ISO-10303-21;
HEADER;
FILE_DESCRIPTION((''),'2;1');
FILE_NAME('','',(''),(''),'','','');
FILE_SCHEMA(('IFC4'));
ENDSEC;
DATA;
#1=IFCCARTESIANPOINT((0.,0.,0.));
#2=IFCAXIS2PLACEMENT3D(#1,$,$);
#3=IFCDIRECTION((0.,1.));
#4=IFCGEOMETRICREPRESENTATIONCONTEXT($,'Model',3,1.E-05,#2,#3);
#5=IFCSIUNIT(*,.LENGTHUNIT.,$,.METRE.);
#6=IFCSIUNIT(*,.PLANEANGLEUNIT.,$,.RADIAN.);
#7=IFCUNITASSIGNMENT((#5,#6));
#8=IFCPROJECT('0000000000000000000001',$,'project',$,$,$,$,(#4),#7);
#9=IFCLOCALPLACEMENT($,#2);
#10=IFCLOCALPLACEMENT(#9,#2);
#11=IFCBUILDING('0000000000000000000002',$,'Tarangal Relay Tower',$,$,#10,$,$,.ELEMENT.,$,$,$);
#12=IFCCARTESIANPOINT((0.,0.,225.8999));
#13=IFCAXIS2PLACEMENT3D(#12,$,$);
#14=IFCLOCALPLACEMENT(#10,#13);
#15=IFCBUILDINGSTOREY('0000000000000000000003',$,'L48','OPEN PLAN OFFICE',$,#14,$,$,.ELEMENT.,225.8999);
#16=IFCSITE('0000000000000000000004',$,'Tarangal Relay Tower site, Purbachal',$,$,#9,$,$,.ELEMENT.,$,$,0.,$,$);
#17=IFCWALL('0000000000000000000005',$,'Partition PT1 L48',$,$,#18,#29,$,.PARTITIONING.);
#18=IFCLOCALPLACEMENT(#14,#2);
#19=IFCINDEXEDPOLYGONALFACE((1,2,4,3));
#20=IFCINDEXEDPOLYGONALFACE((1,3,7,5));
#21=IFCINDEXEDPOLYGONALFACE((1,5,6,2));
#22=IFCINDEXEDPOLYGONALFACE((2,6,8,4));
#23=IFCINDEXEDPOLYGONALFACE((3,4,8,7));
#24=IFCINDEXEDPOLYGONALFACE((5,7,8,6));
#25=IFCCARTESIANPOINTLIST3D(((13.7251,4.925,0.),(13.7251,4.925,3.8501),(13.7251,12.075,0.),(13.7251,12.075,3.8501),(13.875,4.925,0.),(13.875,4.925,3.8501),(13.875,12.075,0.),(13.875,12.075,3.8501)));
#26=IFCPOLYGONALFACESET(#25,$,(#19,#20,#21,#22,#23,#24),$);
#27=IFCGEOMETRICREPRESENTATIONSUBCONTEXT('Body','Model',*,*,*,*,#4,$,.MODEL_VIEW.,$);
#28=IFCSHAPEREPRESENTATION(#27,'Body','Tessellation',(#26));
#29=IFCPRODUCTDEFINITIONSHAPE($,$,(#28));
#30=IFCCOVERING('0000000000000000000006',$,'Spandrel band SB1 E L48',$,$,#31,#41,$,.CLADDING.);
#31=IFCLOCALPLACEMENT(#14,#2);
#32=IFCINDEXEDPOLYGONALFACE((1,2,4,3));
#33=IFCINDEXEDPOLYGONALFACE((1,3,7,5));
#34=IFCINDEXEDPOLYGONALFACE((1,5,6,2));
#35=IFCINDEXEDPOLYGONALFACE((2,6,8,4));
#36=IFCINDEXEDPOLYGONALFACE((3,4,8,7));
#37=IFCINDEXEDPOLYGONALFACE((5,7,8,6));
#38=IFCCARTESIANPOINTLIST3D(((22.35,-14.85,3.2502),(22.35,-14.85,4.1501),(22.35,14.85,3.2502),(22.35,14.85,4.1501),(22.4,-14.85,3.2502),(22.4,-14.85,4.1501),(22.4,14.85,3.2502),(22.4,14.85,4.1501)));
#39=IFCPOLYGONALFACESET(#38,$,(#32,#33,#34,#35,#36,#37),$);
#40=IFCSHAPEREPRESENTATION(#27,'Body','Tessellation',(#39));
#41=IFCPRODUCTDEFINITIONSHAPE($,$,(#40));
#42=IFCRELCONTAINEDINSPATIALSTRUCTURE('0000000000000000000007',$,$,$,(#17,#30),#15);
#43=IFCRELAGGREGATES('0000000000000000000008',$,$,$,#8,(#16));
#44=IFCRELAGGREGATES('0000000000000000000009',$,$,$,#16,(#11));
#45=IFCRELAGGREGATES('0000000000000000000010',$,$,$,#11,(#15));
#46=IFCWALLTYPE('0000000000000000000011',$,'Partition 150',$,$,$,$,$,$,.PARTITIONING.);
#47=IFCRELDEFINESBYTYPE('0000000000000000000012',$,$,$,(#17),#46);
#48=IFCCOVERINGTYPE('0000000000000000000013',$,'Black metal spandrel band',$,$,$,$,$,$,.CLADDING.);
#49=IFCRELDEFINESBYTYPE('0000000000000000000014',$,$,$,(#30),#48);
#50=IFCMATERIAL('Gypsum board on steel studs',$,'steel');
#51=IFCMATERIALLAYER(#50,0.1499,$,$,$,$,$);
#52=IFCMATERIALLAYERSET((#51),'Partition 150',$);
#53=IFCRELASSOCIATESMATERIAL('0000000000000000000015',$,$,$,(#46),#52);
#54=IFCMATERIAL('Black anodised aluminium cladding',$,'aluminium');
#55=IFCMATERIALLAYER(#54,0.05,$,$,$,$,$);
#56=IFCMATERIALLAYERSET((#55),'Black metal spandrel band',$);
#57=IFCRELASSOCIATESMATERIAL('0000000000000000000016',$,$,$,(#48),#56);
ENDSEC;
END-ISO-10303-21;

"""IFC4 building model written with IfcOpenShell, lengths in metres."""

from ifc_helpers import new_model, si_unit, direction, frame, frame_2d, origin, origin_2d, place, context, subcontext, project, spatial, rectangle, extrude, material, layer, layer_set, type_object, element, save


model = new_model("IFC4")

# Units and contexts
model_context = context("Model", 3, precision=1e-05, world=origin(), true_north=direction((0.0, 1.0)))
body_context = subcontext(model_context, "Body", "Model", "MODEL_VIEW")
ifc_project = project(units=[si_unit("LENGTHUNIT", "METRE"), si_unit("PLANEANGLEUNIT", "RADIAN")], contexts=[model_context])

# Site, building, storey
site_placement = place(None, origin())
site = spatial("IfcSite", under=ifc_project, at=site_placement, Name="Tarangal Relay Tower site, Purbachal", CompositionType="ELEMENT", RefElevation=0.0)
building_placement = place(site_placement, origin())
building = spatial("IfcBuilding", under=site, at=building_placement, Name="Tarangal Relay Tower", CompositionType="ELEMENT")
storey_placement = place(building_placement, frame((0.0, 0.0, 225.8999)))
storey = spatial("IfcBuildingStorey", under=building, at=storey_placement, Name="L48", Description="OPEN PLAN OFFICE", CompositionType="ELEMENT", Elevation=225.8999)

# Wall
ifc_material_1 = material(Name="Gypsum board on steel studs", Category="steel")
ifc_layer_1 = layer(ifc_material_1, 0.1499)
ifc_layer_set_1 = layer_set([ifc_layer_1], Name="Partition 150")
wall_type_1 = type_object("IfcWallType", Name="Partition 150", PredefinedType="PARTITIONING", material=ifc_layer_set_1)
wall_1_placement = place(storey_placement, frame((13.8, 4.925, 0.0), z_axis=(0.0, 0.0, 1.0), x_axis=(0.0, 1.0, 0.0)))
element("IfcWall", 1, at=wall_1_placement, inside=storey, type_object=wall_type_1, Name="Partition PT1 L48", PredefinedType="PARTITIONING", context=body_context, shape_type="SweptSolid", body=[
    extrude(rectangle(XDim=7.1499, YDim=0.1499, at=frame_2d((3.575, 0.0))), origin(), (0.0, 0.0, 1.0), 3.8501),
])

# Covering
ifc_material_2 = material(Name="Black anodised aluminium cladding", Category="aluminium")
ifc_layer_2 = layer(ifc_material_2, 0.05)
ifc_layer_set_2 = layer_set([ifc_layer_2], Name="Black metal spandrel band")
covering_type = type_object("IfcCoveringType", Name="Black metal spandrel band", PredefinedType="CLADDING", material=ifc_layer_set_2)
covering_placement = place(storey_placement, frame((22.375, 0.0, 3.2502), z_axis=(0.0, 0.0, 1.0), x_axis=(0.0, -1.0, 0.0)))
element("IfcCovering", 2, at=covering_placement, inside=storey, type_object=covering_type, Name="Spandrel band SB1 E L48", PredefinedType="CLADDING", context=body_context, shape_type="SweptSolid", body=[
    extrude(rectangle(XDim=29.7, YDim=0.05, at=origin_2d()), origin(), (0.0, 0.0, 1.0), 0.8999),
])

save(model, "model.ifc")
